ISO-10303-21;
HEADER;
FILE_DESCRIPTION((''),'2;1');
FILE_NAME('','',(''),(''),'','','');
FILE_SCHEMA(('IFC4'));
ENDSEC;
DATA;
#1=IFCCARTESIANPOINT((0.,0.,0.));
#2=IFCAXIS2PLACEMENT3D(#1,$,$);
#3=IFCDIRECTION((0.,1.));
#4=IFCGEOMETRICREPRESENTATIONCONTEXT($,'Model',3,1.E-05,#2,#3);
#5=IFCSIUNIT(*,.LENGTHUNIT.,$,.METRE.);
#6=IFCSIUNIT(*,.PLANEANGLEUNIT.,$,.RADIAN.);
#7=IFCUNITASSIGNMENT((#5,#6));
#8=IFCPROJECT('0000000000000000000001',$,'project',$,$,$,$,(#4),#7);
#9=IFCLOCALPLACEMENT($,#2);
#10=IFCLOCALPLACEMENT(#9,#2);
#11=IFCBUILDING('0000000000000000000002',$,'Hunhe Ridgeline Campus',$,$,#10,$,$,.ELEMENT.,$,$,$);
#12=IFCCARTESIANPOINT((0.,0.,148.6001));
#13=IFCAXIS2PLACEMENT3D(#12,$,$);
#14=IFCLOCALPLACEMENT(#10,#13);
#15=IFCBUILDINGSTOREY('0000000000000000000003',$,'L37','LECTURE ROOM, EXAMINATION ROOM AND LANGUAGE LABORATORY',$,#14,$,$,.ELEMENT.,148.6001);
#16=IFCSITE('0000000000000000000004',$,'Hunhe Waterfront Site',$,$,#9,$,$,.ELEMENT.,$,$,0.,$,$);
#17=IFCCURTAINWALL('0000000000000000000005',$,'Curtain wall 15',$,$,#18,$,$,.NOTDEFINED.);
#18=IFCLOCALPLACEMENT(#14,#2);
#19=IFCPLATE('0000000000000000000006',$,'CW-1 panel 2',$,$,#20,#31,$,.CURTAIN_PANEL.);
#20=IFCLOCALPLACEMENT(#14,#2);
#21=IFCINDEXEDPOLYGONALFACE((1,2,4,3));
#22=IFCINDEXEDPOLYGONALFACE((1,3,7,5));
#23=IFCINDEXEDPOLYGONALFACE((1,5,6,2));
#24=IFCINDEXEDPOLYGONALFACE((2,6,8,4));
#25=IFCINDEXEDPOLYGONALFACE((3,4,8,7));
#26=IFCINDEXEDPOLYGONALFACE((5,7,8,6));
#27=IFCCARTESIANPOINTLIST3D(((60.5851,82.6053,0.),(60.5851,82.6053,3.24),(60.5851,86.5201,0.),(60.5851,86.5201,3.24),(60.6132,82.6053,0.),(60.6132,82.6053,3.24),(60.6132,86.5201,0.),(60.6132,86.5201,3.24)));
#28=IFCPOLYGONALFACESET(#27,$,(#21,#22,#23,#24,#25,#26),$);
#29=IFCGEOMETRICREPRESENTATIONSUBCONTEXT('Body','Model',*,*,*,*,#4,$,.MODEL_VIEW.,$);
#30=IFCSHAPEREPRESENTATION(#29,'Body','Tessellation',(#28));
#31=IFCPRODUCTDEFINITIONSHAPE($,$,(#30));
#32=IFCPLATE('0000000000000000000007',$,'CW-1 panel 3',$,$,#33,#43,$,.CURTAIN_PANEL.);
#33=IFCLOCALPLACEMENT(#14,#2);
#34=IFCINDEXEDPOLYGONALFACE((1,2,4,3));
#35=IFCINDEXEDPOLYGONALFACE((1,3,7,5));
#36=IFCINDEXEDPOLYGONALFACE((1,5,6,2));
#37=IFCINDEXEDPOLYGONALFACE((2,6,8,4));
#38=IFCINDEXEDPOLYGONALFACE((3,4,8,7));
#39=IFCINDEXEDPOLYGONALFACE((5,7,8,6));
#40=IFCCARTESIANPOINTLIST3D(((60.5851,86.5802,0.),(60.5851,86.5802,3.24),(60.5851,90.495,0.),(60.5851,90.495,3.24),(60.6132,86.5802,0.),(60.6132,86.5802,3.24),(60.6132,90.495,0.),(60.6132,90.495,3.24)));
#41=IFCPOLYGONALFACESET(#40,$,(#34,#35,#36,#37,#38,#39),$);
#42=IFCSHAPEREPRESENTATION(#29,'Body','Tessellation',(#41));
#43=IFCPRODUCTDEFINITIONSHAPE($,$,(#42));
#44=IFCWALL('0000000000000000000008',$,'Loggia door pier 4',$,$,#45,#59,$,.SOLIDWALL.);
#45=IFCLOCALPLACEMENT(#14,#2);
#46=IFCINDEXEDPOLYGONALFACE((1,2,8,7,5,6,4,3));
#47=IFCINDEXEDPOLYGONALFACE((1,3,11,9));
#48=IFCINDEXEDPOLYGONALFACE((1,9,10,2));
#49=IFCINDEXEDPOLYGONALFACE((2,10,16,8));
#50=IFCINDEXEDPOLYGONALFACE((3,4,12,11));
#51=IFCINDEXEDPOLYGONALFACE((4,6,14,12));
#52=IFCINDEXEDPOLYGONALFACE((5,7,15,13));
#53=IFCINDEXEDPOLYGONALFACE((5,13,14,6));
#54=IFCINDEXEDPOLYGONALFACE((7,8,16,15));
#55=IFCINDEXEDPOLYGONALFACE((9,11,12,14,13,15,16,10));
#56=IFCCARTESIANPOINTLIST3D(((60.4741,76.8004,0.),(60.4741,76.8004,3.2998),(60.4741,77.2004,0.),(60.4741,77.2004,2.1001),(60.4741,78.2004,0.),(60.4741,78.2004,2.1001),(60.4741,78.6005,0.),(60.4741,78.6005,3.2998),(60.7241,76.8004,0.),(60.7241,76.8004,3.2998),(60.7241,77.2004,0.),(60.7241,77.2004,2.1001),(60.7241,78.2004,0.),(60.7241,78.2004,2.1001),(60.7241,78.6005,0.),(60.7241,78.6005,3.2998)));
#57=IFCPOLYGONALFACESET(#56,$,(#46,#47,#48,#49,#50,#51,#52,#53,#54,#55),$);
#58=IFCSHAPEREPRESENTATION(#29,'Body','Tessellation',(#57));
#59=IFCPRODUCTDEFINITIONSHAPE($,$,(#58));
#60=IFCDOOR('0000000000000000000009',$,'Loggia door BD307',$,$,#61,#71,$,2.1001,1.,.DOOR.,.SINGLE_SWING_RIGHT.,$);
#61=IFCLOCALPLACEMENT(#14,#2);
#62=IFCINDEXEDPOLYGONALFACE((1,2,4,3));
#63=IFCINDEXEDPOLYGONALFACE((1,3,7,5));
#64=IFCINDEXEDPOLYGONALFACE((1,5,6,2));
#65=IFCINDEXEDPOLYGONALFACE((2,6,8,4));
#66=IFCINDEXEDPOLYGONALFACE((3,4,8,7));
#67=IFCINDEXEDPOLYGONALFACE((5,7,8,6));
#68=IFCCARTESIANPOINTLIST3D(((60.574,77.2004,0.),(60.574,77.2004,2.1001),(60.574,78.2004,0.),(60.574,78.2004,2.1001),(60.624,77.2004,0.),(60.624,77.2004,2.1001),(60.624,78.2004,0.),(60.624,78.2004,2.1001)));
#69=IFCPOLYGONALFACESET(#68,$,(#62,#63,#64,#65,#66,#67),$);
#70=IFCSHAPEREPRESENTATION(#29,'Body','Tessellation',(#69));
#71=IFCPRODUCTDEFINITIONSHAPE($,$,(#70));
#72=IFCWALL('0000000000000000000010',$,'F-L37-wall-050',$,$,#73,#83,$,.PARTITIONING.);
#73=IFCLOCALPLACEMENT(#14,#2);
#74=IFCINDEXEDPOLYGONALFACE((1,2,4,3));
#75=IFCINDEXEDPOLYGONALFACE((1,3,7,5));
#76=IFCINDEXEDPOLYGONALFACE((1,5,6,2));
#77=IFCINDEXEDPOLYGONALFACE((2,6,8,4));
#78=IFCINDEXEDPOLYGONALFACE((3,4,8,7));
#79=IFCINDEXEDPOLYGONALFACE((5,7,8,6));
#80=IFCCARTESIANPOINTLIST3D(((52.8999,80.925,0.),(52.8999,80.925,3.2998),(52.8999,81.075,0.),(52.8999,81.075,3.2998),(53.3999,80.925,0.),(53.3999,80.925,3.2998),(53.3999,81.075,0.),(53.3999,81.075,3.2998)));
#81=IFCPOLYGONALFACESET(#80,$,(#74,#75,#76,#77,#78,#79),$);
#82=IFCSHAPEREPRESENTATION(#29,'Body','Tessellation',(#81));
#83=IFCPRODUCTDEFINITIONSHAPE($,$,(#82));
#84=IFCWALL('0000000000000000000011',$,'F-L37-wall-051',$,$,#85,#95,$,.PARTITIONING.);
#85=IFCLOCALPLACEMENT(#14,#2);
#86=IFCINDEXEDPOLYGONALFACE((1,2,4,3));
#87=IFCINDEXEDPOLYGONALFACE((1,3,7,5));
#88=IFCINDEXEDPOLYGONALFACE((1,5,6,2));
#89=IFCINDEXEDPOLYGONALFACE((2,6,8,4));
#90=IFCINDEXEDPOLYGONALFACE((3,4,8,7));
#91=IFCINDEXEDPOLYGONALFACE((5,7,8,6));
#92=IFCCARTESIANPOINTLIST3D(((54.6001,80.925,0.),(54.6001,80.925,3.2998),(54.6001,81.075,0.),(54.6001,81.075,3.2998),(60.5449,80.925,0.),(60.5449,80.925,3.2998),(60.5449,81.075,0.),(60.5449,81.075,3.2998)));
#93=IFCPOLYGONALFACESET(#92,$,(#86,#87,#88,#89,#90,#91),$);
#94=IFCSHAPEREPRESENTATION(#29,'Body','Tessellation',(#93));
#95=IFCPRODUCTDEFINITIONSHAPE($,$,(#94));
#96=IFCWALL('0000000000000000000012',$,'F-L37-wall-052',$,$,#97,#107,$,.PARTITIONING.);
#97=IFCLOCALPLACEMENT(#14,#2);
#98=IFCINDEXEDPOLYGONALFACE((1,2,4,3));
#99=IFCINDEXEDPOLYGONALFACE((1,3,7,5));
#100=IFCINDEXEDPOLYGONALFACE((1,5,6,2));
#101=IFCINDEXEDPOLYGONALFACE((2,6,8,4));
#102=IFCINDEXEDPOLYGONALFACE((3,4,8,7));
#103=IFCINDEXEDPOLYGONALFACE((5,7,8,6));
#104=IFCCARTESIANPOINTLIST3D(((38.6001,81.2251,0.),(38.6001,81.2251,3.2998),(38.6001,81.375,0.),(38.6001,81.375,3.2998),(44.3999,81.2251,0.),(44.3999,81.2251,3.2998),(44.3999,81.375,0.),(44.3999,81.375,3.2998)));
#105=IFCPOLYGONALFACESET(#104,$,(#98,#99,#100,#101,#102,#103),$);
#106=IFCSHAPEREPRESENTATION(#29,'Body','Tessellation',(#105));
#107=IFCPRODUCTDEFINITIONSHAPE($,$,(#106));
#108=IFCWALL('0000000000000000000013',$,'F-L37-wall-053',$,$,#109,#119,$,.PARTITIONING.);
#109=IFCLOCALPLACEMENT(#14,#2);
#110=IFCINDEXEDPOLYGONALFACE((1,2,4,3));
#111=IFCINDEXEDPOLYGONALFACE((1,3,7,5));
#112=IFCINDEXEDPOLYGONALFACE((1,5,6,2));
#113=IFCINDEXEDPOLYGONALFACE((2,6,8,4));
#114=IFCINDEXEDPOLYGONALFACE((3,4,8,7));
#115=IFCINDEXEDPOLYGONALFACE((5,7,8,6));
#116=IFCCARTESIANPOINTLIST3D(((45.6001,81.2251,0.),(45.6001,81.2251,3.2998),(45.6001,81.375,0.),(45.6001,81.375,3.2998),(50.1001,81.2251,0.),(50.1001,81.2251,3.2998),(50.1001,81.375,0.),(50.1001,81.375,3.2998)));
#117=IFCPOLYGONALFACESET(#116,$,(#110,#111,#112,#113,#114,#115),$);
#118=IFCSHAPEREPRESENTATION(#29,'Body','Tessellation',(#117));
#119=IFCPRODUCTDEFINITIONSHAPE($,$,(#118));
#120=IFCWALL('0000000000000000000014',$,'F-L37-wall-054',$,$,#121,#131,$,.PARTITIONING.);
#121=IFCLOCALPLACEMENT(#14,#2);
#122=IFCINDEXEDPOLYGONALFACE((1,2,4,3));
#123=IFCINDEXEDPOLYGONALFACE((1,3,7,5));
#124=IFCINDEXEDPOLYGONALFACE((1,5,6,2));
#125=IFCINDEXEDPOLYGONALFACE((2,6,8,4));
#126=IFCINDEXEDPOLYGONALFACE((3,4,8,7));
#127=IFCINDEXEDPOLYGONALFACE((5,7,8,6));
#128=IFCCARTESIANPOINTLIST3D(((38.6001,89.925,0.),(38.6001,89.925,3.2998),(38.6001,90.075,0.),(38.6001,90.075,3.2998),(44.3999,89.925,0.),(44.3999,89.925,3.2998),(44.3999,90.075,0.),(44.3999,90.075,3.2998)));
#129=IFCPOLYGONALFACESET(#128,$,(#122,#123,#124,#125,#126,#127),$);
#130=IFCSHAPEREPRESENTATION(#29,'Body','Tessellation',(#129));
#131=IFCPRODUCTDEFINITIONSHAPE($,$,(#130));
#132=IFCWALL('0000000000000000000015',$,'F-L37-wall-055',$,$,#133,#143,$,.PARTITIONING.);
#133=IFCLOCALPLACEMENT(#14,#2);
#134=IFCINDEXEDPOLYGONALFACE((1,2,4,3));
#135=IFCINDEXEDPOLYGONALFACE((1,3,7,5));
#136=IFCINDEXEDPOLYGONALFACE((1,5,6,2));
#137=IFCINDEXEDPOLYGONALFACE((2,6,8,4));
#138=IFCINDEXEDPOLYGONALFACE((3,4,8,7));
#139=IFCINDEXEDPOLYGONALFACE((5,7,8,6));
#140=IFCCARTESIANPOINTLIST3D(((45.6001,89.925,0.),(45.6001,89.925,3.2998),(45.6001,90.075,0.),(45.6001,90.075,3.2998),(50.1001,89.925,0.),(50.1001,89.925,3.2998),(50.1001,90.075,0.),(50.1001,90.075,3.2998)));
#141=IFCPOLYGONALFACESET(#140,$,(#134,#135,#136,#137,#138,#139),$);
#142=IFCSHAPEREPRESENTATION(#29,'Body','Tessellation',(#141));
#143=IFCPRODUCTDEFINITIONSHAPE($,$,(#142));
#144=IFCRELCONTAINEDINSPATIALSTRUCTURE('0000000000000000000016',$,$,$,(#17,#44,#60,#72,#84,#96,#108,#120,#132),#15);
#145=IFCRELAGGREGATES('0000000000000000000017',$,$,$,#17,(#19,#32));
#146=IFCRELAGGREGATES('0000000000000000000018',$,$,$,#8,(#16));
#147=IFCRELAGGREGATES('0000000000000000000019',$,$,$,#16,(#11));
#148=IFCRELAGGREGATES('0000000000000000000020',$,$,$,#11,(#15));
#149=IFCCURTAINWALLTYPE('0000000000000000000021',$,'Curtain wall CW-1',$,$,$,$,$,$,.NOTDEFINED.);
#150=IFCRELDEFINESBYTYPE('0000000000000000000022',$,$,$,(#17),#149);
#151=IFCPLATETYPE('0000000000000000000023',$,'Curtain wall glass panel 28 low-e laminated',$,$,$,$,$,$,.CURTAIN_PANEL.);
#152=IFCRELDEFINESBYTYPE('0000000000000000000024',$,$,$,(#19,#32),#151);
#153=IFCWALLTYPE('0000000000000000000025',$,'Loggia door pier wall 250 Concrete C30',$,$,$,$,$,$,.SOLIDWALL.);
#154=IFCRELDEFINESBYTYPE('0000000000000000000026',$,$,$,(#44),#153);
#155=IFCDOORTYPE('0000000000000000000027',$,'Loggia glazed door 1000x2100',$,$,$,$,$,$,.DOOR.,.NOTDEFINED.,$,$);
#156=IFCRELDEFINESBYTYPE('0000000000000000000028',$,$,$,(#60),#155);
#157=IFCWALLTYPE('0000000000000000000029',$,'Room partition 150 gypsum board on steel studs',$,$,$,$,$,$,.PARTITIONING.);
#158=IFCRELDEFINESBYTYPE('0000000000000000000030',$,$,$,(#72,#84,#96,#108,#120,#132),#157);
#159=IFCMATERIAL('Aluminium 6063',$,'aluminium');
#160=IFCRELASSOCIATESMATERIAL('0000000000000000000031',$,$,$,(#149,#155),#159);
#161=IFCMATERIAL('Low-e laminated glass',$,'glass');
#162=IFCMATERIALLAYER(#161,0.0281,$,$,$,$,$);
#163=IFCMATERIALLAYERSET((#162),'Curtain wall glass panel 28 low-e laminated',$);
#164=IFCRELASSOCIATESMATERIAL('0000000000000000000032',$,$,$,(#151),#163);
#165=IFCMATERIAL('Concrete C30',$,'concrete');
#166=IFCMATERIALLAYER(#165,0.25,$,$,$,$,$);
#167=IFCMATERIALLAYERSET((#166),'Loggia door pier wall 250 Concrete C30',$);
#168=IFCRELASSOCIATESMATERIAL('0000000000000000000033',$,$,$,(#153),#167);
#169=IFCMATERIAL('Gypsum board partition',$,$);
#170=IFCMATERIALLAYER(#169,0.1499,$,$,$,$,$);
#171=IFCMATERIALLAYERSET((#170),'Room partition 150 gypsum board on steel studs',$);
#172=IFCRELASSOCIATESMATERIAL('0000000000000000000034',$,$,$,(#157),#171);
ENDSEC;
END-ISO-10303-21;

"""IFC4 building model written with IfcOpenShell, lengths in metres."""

from ifc_helpers import new_model, si_unit, direction, frame, frame_2d, origin, origin_2d, place, context, subcontext, project, spatial, rectangle, extrude, material, layer, layer_set, type_object, element, fill, aggregate, save


model = new_model("IFC4")

# Units and contexts
model_context = context("Model", 3, precision=1e-05, world=origin(), true_north=direction((0.0, 1.0)))
body_context = subcontext(model_context, "Body", "Model", "MODEL_VIEW")
ifc_project = project(units=[si_unit("LENGTHUNIT", "METRE"), si_unit("PLANEANGLEUNIT", "RADIAN")], contexts=[model_context])

# Site, building, storey
site_placement = place(None, origin())
site = spatial("IfcSite", under=ifc_project, at=site_placement, Name="Hunhe Waterfront Site", CompositionType="ELEMENT", RefElevation=0.0)
building_placement = place(site_placement, origin())
building = spatial("IfcBuilding", under=site, at=building_placement, Name="Hunhe Ridgeline Campus", CompositionType="ELEMENT")
storey_placement = place(building_placement, frame((0.0, 0.0, 148.6001)))
storey = spatial("IfcBuildingStorey", under=building, at=storey_placement, Name="L37", Description="LECTURE ROOM, EXAMINATION ROOM AND LANGUAGE LABORATORY", CompositionType="ELEMENT", Elevation=148.6001)

# Curtain wall
ifc_material_1 = material(Name="Aluminium 6063", Category="aluminium")
curtain_wall_type = type_object("IfcCurtainWallType", Name="Curtain wall CW-1", PredefinedType="NOTDEFINED", material=ifc_material_1)
curtain_wall_1_placement = place(storey_placement, origin())
curtain_wall_1 = element("IfcCurtainWall", 1, at=curtain_wall_1_placement, inside=storey, type_object=curtain_wall_type, Name="Curtain wall 15", PredefinedType="NOTDEFINED")

# Plates
ifc_material_2 = material(Name="Low-e laminated glass", Category="glass")
ifc_layer_1 = layer(ifc_material_2, 0.0281)
ifc_layer_set_1 = layer_set([ifc_layer_1], Name="Curtain wall glass panel 28 low-e laminated")
plate_type = type_object("IfcPlateType", Name="Curtain wall glass panel 28 low-e laminated", PredefinedType="CURTAIN_PANEL", material=ifc_layer_set_1)
plate_1_placement = place(storey_placement, frame((60.5991, 84.5627, 0.0), z_axis=(0.0, 0.0, 1.0), x_axis=(0.0, 1.0, 0.0)))
plate_1 = element("IfcPlate", 2, at=plate_1_placement, type_object=plate_type, Name="CW-1 panel 2", PredefinedType="CURTAIN_PANEL", context=body_context, shape_type="SweptSolid", body=[
    extrude(rectangle(XDim=3.9148, YDim=0.0281, at=origin_2d()), origin(), (0.0, 0.0, 1.0), 3.24),
])
plate_2_placement = place(storey_placement, frame((60.5991, 88.5376, 0.0), z_axis=(0.0, 0.0, 1.0), x_axis=(0.0, 1.0, 0.0)))
plate_2 = element("IfcPlate", 3, at=plate_2_placement, type_object=plate_type, Name="CW-1 panel 3", PredefinedType="CURTAIN_PANEL", context=body_context, shape_type="SweptSolid", body=[
    extrude(rectangle(XDim=3.9148, YDim=0.0281, at=origin_2d()), origin(), (0.0, 0.0, 1.0), 3.24),
])
aggregate(curtain_wall_1, [plate_1, plate_2])

# Wall, opening, door
ifc_material_3 = material(Name="Concrete C30", Category="concrete")
ifc_layer_2 = layer(ifc_material_3, 0.25)
ifc_layer_set_2 = layer_set([ifc_layer_2], Name="Loggia door pier wall 250 Concrete C30")
wall_type_1 = type_object("IfcWallType", Name="Loggia door pier wall 250 Concrete C30", PredefinedType="SOLIDWALL", material=ifc_layer_set_2)
wall_1_placement = place(storey_placement, frame((60.5991, 76.8005, 0.0), z_axis=(0.0, 0.0, 1.0), x_axis=(0.0, 1.0, 0.0)))
wall_1 = element("IfcWall", 4, at=wall_1_placement, inside=storey, type_object=wall_type_1, Name="Loggia door pier 4", PredefinedType="SOLIDWALL", context=body_context, shape_type="SweptSolid", body=[
    extrude(rectangle(XDim=1.8, YDim=0.25, at=frame_2d((0.8999, 0.0))), origin(), (0.0, 0.0, 1.0), 3.2998),
])
opening_placement = place(wall_1_placement, frame((0.3999, 0.0, 0.0)))
opening = element("IfcOpeningElement", 5, at=opening_placement, cuts=wall_1, PredefinedType="OPENING", context=body_context, shape_type="SweptSolid", body=[
    extrude(rectangle(XDim=1.0, YDim=2.1001, at=frame_2d((0.5, 1.05))), frame((0.0, 0.125, 0.0), z_axis=(0.0, -1.0, 0.0), x_axis=(1.0, 0.0, 0.0)), (0.0, 0.0, 1.0), 0.25),
])
door_type = type_object("IfcDoorType", Name="Loggia glazed door 1000x2100", OperationType="NOTDEFINED", PredefinedType="DOOR", material=ifc_material_1)
door_placement = place(opening_placement, frame((1.0, 0.0, 0.0), z_axis=(0.0, 0.0, 1.0), x_axis=(-1.0, 0.0, 0.0)))
door = element("IfcDoor", 6, at=door_placement, inside=storey, type_object=door_type, Name="Loggia door BD307", OperationType="SINGLE_SWING_RIGHT", OverallHeight=2.1001, OverallWidth=1.0, PredefinedType="DOOR", context=body_context, shape_type="SweptSolid", body=[
    extrude(rectangle(XDim=1.0, YDim=2.1001, at=frame_2d((0.5, 1.05))), frame((0.0, 0.0249, 0.0), z_axis=(0.0, -1.0, 0.0), x_axis=(1.0, 0.0, 0.0)), (0.0, 0.0, 1.0), 0.05),
])
fill(opening, door)

# Walls
ifc_material_4 = material(Name="Gypsum board partition")
ifc_layer_3 = layer(ifc_material_4, 0.1499)
ifc_layer_set_3 = layer_set([ifc_layer_3], Name="Room partition 150 gypsum board on steel studs")
wall_type_2 = type_object("IfcWallType", Name="Room partition 150 gypsum board on steel studs", PredefinedType="PARTITIONING", material=ifc_layer_set_3)
wall_2_placement = place(storey_placement, frame((52.8999, 81.0, 0.0), z_axis=(0.0, 0.0, 1.0), x_axis=(1.0, 0.0, 0.0)))
element("IfcWall", 7, at=wall_2_placement, inside=storey, type_object=wall_type_2, Name="F-L37-wall-050", PredefinedType="PARTITIONING", context=body_context, shape_type="SweptSolid", body=[
    extrude(rectangle(XDim=0.5, YDim=0.1499, at=frame_2d((0.25, 0.0))), origin(), (0.0, 0.0, 1.0), 3.2998),
])
wall_3_placement = place(storey_placement, frame((54.6001, 81.0, 0.0), z_axis=(0.0, 0.0, 1.0), x_axis=(1.0, 0.0, 0.0)))
element("IfcWall", 8, at=wall_3_placement, inside=storey, type_object=wall_type_2, Name="F-L37-wall-051", PredefinedType="PARTITIONING", context=body_context, shape_type="SweptSolid", body=[
    extrude(rectangle(XDim=5.9448, YDim=0.1499, at=frame_2d((2.9724, 0.0))), origin(), (0.0, 0.0, 1.0), 3.2998),
])
wall_4_placement = place(storey_placement, frame((38.6001, 81.3, 0.0), z_axis=(0.0, 0.0, 1.0), x_axis=(1.0, 0.0, 0.0)))
element("IfcWall", 9, at=wall_4_placement, inside=storey, type_object=wall_type_2, Name="F-L37-wall-052", PredefinedType="PARTITIONING", context=body_context, shape_type="SweptSolid", body=[
    extrude(rectangle(XDim=5.7998, YDim=0.1499, at=frame_2d((2.8999, 0.0))), origin(), (0.0, 0.0, 1.0), 3.2998),
])
wall_5_placement = place(storey_placement, frame((45.6001, 81.3, 0.0), z_axis=(0.0, 0.0, 1.0), x_axis=(1.0, 0.0, 0.0)))
element("IfcWall", 10, at=wall_5_placement, inside=storey, type_object=wall_type_2, Name="F-L37-wall-053", PredefinedType="PARTITIONING", context=body_context, shape_type="SweptSolid", body=[
    extrude(rectangle(XDim=4.5, YDim=0.1499, at=frame_2d((2.25, 0.0))), origin(), (0.0, 0.0, 1.0), 3.2998),
])
wall_6_placement = place(storey_placement, frame((38.6001, 90.0, 0.0), z_axis=(0.0, 0.0, 1.0), x_axis=(1.0, 0.0, 0.0)))
element("IfcWall", 11, at=wall_6_placement, inside=storey, type_object=wall_type_2, Name="F-L37-wall-054", PredefinedType="PARTITIONING", context=body_context, shape_type="SweptSolid", body=[
    extrude(rectangle(XDim=5.7998, YDim=0.1499, at=frame_2d((2.8999, 0.0))), origin(), (0.0, 0.0, 1.0), 3.2998),
])
wall_7_placement = place(storey_placement, frame((45.6001, 90.0, 0.0), z_axis=(0.0, 0.0, 1.0), x_axis=(1.0, 0.0, 0.0)))
element("IfcWall", 12, at=wall_7_placement, inside=storey, type_object=wall_type_2, Name="F-L37-wall-055", PredefinedType="PARTITIONING", context=body_context, shape_type="SweptSolid", body=[
    extrude(rectangle(XDim=4.5, YDim=0.1499, at=frame_2d((2.25, 0.0))), origin(), (0.0, 0.0, 1.0), 3.2998),
])

save(model, "model.ifc")
